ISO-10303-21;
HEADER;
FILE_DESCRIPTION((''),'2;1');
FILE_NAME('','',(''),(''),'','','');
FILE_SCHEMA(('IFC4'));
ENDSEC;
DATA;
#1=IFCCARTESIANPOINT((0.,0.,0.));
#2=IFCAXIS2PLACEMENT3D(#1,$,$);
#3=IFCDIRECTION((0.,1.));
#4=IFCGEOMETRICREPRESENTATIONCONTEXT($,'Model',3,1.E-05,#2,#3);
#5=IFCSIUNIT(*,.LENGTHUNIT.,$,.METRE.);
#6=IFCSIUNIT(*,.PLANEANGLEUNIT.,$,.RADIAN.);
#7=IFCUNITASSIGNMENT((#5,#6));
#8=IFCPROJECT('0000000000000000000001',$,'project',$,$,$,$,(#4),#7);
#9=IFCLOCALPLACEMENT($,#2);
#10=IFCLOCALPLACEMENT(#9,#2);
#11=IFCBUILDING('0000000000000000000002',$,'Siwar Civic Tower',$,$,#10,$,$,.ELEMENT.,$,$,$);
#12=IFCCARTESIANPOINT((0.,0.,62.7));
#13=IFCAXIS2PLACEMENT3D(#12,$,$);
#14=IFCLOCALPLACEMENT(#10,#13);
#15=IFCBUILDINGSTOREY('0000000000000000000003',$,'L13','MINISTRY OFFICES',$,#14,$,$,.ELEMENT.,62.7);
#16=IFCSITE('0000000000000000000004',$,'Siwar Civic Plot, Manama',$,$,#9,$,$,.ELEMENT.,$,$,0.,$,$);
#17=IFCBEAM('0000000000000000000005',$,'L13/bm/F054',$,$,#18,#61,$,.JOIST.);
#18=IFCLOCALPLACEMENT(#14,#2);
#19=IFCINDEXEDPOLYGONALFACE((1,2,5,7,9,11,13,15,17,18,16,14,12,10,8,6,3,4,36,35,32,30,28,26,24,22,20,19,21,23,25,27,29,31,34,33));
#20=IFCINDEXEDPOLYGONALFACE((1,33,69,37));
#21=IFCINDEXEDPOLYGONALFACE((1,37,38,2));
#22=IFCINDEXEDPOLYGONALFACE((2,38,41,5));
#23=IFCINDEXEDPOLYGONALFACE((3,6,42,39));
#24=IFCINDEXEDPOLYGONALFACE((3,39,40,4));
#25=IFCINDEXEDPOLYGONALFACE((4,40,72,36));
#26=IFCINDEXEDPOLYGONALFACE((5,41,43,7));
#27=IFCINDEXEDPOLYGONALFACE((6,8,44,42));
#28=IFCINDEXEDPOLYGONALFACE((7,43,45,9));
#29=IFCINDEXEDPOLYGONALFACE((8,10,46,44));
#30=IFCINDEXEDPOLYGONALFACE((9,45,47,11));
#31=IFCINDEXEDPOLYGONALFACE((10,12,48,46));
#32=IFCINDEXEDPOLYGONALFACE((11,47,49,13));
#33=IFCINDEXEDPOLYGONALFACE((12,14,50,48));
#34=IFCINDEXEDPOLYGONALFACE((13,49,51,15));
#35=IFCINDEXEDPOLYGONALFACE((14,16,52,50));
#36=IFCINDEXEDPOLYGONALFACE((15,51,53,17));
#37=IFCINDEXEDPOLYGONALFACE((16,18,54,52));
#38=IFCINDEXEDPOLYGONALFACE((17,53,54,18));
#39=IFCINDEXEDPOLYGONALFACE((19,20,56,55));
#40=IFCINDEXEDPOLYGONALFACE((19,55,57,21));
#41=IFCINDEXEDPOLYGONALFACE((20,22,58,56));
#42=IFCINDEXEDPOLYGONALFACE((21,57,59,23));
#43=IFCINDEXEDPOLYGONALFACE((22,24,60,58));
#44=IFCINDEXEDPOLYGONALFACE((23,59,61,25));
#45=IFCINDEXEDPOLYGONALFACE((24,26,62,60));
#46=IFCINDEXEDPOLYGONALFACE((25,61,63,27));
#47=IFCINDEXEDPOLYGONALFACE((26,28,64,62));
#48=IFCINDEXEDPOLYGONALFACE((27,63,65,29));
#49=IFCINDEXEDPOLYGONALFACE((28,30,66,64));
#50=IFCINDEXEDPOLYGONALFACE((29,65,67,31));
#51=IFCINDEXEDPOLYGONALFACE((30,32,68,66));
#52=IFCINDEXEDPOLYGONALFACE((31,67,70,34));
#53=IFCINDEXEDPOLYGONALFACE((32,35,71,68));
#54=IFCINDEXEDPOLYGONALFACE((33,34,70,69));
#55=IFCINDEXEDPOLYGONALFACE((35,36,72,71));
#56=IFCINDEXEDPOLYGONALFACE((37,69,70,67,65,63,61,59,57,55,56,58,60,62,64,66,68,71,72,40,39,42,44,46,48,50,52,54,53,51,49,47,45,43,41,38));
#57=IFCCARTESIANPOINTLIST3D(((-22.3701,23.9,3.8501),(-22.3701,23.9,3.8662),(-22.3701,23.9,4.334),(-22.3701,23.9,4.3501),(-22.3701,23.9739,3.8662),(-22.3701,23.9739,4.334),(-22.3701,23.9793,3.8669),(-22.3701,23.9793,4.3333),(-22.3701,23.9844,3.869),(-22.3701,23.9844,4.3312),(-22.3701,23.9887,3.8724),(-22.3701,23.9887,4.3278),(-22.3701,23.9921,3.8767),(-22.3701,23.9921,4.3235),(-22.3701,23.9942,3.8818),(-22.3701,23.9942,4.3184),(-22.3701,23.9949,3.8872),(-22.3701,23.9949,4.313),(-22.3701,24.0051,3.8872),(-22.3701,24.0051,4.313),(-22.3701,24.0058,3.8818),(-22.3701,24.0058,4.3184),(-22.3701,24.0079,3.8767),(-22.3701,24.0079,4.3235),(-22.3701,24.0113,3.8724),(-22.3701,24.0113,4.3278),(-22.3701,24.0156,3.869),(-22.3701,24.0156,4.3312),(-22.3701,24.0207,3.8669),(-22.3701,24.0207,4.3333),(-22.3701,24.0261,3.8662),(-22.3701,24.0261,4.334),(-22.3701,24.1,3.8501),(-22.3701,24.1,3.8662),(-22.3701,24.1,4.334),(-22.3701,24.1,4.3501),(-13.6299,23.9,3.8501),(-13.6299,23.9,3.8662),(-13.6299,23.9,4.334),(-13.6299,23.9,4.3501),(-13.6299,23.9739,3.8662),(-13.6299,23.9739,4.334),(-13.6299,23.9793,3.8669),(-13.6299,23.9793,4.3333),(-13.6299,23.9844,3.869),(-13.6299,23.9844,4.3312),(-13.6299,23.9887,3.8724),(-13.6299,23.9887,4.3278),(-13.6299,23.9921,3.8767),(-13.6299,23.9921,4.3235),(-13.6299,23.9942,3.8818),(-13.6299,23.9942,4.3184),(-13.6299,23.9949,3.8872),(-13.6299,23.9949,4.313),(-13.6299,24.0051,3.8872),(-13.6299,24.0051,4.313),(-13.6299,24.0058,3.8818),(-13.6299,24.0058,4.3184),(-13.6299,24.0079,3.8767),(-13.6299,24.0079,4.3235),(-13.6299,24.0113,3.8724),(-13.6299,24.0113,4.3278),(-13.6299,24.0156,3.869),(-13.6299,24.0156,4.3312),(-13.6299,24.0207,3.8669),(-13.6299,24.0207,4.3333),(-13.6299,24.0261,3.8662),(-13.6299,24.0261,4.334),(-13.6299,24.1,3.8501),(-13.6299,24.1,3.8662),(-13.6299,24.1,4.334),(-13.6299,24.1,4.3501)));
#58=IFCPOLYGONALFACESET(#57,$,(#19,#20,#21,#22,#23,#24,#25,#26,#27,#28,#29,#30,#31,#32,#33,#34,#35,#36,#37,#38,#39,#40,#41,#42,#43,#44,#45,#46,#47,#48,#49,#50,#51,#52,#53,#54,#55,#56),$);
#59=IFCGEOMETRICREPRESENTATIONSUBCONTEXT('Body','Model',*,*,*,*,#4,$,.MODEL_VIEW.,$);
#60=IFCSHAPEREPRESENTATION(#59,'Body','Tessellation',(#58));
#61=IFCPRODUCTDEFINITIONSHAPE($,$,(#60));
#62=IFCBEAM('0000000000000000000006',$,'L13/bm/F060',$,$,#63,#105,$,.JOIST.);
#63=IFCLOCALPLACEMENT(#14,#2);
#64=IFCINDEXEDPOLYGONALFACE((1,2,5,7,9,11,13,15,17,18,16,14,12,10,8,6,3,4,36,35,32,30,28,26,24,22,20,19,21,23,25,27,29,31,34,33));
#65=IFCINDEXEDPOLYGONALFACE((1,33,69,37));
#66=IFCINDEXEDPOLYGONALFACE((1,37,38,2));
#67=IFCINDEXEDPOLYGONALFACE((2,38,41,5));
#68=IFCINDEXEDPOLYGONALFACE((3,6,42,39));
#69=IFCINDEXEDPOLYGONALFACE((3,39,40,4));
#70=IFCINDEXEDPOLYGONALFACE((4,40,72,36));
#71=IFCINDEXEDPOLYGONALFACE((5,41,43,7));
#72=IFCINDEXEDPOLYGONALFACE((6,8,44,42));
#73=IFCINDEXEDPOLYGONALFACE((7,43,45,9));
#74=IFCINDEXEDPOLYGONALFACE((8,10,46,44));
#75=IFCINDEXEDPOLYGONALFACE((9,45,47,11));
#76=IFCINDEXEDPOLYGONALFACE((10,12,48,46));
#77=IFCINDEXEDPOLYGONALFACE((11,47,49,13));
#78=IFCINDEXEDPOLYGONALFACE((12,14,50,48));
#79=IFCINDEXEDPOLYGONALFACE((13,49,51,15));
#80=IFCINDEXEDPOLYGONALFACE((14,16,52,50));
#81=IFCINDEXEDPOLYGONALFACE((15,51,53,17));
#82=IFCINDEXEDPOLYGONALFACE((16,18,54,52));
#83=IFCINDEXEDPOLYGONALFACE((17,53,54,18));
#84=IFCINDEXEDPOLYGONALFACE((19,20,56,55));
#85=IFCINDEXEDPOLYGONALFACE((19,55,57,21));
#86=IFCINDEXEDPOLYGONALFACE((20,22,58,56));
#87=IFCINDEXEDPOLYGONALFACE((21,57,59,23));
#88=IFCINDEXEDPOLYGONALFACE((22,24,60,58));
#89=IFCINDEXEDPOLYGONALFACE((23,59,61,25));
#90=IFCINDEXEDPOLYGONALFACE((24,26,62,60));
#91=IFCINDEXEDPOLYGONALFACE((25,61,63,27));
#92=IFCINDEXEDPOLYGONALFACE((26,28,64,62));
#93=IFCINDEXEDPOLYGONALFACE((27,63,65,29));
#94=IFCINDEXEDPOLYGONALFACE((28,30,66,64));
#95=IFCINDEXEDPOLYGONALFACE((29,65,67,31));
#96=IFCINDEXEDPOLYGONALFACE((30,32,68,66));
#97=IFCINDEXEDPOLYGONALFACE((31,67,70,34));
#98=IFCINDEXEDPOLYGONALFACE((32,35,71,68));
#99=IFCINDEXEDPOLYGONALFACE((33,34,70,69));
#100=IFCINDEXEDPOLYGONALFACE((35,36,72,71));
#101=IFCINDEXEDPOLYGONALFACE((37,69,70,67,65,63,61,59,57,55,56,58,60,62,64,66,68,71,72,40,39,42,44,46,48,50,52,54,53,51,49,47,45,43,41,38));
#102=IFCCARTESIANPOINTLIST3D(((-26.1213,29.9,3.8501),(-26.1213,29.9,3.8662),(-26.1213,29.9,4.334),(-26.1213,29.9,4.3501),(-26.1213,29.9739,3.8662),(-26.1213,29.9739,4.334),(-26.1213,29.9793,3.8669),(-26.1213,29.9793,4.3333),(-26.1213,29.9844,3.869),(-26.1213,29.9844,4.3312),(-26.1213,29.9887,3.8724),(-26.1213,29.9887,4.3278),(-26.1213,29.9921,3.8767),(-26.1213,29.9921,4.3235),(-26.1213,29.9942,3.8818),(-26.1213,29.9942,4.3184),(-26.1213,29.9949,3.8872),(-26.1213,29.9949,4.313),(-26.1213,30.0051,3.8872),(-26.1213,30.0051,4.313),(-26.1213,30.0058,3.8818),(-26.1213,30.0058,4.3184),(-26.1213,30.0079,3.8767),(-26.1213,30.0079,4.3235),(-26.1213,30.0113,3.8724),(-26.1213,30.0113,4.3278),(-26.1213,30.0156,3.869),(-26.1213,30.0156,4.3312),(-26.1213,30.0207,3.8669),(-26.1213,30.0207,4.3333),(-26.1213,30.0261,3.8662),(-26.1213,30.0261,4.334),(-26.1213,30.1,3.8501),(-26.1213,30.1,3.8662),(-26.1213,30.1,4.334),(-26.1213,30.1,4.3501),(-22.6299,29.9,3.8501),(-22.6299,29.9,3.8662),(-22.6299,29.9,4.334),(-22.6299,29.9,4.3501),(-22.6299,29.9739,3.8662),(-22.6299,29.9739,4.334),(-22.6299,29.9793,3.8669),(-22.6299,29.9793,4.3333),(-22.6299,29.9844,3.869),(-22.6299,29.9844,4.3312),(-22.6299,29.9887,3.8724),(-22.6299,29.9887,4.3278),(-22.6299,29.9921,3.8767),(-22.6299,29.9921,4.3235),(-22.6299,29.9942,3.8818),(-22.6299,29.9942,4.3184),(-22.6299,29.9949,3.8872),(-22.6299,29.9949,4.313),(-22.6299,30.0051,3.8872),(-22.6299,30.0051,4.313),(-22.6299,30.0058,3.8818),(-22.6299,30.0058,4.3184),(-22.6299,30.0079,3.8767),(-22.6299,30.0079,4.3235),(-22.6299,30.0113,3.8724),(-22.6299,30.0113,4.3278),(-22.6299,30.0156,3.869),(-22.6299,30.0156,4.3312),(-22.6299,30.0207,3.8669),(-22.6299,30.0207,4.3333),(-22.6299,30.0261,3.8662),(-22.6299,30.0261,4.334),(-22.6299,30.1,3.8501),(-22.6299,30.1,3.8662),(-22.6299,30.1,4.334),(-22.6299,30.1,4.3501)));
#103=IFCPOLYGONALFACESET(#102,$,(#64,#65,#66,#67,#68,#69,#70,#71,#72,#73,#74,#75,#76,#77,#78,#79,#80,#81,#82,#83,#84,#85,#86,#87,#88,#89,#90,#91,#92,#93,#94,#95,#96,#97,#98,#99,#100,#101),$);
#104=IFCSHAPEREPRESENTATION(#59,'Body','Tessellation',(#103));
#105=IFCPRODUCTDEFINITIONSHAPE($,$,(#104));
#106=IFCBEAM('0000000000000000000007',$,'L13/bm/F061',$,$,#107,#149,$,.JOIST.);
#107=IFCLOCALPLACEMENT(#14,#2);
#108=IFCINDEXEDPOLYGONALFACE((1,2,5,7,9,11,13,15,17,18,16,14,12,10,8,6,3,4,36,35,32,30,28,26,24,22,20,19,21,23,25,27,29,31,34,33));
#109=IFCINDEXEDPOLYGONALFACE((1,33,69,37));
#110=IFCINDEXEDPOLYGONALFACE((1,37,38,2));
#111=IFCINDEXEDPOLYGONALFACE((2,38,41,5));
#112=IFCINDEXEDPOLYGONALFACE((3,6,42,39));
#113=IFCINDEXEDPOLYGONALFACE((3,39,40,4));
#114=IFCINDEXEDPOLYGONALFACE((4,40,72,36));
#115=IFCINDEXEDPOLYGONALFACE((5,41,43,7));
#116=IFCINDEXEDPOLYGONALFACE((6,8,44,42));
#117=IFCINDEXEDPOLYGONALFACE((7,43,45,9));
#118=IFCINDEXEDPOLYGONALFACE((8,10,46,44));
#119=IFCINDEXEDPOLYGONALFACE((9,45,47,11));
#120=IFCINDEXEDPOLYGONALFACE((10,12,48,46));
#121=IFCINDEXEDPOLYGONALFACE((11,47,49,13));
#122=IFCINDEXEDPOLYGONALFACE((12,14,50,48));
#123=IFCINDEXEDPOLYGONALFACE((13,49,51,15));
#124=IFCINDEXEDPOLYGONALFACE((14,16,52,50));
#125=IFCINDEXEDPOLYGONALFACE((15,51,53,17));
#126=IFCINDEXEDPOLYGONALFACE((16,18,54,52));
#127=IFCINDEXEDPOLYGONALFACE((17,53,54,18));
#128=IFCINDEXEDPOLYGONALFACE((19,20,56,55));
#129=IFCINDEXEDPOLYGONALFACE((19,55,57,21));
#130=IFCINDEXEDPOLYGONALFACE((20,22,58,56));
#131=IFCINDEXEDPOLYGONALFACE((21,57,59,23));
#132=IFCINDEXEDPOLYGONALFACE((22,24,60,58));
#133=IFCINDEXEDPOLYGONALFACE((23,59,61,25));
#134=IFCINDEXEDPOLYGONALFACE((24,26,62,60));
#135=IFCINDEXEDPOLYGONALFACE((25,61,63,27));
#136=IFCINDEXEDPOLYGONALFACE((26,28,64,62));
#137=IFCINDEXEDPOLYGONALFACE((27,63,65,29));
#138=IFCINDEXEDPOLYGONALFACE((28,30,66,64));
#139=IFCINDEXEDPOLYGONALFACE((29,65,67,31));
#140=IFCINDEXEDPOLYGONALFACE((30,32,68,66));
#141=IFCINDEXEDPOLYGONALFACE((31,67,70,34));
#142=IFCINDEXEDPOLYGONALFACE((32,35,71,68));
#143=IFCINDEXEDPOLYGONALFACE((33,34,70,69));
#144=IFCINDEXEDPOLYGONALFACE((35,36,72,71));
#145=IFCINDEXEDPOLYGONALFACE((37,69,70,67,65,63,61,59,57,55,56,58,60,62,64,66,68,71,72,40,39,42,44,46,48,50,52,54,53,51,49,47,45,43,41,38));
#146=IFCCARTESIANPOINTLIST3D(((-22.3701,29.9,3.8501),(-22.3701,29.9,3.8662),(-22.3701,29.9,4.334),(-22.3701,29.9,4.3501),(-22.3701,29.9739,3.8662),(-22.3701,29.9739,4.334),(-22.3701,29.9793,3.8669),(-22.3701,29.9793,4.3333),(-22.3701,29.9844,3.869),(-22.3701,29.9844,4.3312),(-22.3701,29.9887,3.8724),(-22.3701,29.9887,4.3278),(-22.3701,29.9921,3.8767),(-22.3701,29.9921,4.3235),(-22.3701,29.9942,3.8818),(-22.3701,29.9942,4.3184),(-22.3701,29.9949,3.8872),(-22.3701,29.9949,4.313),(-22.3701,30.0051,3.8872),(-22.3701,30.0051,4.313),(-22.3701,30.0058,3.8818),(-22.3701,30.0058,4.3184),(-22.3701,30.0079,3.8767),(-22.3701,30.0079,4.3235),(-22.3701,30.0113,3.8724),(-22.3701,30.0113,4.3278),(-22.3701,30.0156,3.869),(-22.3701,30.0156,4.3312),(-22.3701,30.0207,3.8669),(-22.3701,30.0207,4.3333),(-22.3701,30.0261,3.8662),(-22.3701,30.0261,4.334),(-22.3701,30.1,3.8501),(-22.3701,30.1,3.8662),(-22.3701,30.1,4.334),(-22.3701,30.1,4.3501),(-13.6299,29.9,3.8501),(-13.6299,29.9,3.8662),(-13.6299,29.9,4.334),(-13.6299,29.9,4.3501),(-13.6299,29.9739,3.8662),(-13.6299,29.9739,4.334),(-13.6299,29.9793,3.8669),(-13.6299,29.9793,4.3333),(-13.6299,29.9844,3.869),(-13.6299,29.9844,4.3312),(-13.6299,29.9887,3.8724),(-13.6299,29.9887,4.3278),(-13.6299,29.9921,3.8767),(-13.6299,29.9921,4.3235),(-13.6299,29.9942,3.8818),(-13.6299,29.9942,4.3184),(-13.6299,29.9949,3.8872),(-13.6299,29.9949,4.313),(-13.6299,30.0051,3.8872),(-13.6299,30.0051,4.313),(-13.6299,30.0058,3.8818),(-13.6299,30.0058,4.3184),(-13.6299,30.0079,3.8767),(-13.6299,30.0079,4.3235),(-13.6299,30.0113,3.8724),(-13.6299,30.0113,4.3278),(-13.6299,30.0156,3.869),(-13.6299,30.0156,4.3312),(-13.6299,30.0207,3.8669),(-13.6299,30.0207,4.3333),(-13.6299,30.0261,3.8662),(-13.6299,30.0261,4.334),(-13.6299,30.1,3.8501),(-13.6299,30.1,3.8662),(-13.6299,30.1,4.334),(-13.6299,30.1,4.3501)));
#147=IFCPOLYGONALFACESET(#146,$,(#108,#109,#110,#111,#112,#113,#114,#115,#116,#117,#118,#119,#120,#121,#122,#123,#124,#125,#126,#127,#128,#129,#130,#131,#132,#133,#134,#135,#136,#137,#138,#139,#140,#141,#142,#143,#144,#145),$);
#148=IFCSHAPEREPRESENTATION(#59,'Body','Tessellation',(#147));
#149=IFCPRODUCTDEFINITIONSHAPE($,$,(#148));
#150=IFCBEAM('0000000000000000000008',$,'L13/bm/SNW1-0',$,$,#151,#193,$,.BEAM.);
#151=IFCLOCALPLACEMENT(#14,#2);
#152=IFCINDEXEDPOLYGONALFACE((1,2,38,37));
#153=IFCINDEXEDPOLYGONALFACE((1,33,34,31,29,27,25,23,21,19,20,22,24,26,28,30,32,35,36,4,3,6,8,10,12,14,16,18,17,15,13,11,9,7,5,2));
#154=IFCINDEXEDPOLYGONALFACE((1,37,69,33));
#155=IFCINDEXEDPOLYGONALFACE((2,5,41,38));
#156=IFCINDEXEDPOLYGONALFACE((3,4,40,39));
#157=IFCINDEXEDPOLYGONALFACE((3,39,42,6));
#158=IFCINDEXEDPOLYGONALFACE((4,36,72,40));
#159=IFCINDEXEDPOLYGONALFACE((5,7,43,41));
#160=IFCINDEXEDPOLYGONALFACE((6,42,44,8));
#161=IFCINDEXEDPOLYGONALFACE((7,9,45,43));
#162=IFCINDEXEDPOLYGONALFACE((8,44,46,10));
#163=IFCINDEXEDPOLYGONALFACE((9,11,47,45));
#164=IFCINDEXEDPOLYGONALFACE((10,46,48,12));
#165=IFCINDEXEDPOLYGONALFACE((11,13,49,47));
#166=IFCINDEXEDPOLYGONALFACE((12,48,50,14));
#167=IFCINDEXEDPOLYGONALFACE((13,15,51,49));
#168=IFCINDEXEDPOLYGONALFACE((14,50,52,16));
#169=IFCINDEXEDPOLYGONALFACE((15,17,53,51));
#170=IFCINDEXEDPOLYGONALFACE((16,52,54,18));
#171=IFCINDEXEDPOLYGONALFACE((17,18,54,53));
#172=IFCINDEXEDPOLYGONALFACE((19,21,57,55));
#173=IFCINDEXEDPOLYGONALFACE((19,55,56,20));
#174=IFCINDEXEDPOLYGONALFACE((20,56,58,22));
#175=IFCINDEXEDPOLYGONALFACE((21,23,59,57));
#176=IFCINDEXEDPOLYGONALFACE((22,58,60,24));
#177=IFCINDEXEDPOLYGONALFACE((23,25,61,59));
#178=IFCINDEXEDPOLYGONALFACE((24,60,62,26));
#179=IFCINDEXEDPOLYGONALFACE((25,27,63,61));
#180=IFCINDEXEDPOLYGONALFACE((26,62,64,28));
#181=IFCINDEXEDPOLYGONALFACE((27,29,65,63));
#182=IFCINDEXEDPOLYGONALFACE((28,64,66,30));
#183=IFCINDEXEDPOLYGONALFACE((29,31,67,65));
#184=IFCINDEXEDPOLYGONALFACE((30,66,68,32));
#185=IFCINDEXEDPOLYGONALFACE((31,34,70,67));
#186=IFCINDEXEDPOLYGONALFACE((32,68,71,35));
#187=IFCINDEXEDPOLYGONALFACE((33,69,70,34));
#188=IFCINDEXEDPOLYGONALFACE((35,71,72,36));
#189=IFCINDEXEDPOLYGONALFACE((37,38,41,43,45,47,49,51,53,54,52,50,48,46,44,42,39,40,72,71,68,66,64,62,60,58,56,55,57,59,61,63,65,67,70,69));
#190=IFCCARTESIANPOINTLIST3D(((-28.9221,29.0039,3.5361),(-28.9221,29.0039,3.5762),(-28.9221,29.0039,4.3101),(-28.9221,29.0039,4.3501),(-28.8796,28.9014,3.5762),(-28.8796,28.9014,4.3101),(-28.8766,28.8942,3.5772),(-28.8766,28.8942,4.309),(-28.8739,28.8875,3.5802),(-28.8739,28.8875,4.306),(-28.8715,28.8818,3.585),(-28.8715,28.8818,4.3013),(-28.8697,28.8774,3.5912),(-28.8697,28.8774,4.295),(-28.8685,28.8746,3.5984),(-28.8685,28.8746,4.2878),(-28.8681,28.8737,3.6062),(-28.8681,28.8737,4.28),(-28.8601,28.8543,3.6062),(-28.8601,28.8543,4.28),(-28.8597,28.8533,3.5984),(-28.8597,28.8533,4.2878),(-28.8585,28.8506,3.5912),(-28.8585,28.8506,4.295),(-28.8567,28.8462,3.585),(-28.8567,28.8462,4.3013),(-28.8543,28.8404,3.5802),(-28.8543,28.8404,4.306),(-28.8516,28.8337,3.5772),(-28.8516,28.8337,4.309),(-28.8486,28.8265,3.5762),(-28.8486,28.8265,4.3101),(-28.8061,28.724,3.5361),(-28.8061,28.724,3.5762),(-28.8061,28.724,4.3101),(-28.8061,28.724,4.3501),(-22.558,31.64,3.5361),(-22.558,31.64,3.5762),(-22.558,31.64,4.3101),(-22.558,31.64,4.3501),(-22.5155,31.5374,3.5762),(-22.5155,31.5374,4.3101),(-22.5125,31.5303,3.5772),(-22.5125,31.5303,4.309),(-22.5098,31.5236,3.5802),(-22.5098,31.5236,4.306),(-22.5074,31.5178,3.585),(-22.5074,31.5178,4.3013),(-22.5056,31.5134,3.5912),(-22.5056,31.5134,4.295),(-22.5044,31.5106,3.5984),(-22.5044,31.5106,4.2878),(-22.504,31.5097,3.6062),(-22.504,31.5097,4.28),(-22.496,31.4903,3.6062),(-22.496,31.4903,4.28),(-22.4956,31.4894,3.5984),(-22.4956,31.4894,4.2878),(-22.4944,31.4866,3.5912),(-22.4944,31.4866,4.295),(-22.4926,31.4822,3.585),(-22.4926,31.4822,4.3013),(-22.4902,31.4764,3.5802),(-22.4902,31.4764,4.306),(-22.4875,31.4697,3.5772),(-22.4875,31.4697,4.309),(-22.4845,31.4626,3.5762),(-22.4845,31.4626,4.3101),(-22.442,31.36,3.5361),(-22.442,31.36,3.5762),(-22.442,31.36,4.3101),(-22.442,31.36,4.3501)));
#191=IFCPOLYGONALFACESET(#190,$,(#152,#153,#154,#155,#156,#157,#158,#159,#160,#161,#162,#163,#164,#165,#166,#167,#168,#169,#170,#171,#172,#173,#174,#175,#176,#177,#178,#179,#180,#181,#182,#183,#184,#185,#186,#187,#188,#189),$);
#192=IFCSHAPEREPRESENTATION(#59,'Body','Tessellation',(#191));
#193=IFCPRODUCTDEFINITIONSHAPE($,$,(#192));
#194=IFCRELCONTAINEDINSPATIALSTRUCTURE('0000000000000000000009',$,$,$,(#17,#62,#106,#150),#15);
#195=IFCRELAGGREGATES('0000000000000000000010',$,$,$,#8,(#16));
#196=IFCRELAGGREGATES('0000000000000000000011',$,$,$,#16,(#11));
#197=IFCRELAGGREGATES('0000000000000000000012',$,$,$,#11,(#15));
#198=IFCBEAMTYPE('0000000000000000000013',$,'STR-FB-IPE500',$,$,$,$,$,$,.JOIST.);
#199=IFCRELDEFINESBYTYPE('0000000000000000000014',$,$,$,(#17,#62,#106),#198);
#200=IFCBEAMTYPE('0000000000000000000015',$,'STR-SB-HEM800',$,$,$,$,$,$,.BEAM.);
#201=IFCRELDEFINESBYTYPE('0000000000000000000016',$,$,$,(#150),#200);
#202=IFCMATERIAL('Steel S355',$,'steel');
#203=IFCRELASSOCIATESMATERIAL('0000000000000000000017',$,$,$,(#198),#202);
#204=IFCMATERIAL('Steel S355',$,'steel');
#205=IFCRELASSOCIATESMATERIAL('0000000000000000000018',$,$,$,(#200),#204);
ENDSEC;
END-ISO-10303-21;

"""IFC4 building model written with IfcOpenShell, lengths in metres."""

from ifc_helpers import new_model, si_unit, direction, frame, origin, origin_2d, place, context, subcontext, project, spatial, i_section, extrude, material, material_profile, profile_set, type_object, element, save


model = new_model("IFC4")

# Units and contexts
model_context = context("Model", 3, precision=1e-05, world=origin(), true_north=direction((0.0, 1.0)))
body_context = subcontext(model_context, "Body", "Model", "MODEL_VIEW")
ifc_project = project(units=[si_unit("LENGTHUNIT", "METRE"), si_unit("PLANEANGLEUNIT", "RADIAN")], contexts=[model_context])

# Site, building, storey
site_placement = place(None, origin())
site = spatial("IfcSite", under=ifc_project, at=site_placement, Name="Siwar Civic Plot, Manama", CompositionType="ELEMENT", RefElevation=0.0)
building_placement = place(site_placement, origin())
building = spatial("IfcBuilding", under=site, at=building_placement, Name="Siwar Civic Tower", CompositionType="ELEMENT")
storey_placement = place(building_placement, frame((0.0, 0.0, 62.7)))
storey = spatial("IfcBuildingStorey", under=building, at=storey_placement, Name="L13", Description="MINISTRY OFFICES", CompositionType="ELEMENT", Elevation=62.7)

# Beams
ifc_material_1 = material(Name="Steel S355", Category="steel")
ifc_material_profile_1 = material_profile(ifc_material_1, i_section(OverallWidth=0.2, OverallDepth=0.5, WebThickness=0.0103, FlangeThickness=0.0161, FilletRadius=0.021, at=origin_2d()), Name="IPE500")
ifc_profile_set_1 = profile_set([ifc_material_profile_1], Name="Steel S355")
beam_type_1 = type_object("IfcBeamType", Name="STR-FB-IPE500", PredefinedType="JOIST", material=ifc_profile_set_1)
beam_1_placement = place(storey_placement, frame((-22.3701, 24.0, 4.1001), z_axis=(1.0, 0.0, 0.0), x_axis=(0.0, 1.0, 0.0)))
element("IfcBeam", 1, at=beam_1_placement, inside=storey, type_object=beam_type_1, Name="L13/bm/F054", PredefinedType="JOIST", context=body_context, shape_type="SweptSolid", body=[
    extrude(i_section(OverallWidth=0.2, OverallDepth=0.5, WebThickness=0.0103, FlangeThickness=0.0161, FilletRadius=0.021, at=origin_2d()), origin(), (0.0, 0.0, 1.0), 8.7402),
])
beam_2_placement = place(storey_placement, frame((-26.1213, 30.0, 4.1001), z_axis=(1.0, 0.0, 0.0), x_axis=(0.0, 1.0, 0.0)))
element("IfcBeam", 2, at=beam_2_placement, inside=storey, type_object=beam_type_1, Name="L13/bm/F060", PredefinedType="JOIST", context=body_context, shape_type="SweptSolid", body=[
    extrude(i_section(OverallWidth=0.2, OverallDepth=0.5, WebThickness=0.0103, FlangeThickness=0.0161, FilletRadius=0.021, at=origin_2d()), origin(), (0.0, 0.0, 1.0), 3.4915),
])
beam_3_placement = place(storey_placement, frame((-22.3701, 30.0, 4.1001), z_axis=(1.0, 0.0, 0.0), x_axis=(0.0, 1.0, 0.0)))
element("IfcBeam", 3, at=beam_3_placement, inside=storey, type_object=beam_type_1, Name="L13/bm/F061", PredefinedType="JOIST", context=body_context, shape_type="SweptSolid", body=[
    extrude(i_section(OverallWidth=0.2, OverallDepth=0.5, WebThickness=0.0103, FlangeThickness=0.0161, FilletRadius=0.021, at=origin_2d()), origin(), (0.0, 0.0, 1.0), 8.7402),
])
ifc_material_2 = material(Name="Steel S355", Category="steel")
ifc_material_profile_2 = material_profile(ifc_material_2, i_section(OverallWidth=0.303, OverallDepth=0.814, WebThickness=0.021, FlangeThickness=0.04, FilletRadius=0.03, at=origin_2d()), Name="HEM800")
ifc_profile_set_2 = profile_set([ifc_material_profile_2], Name="Steel S355")
beam_type_2 = type_object("IfcBeamType", Name="STR-SB-HEM800", PredefinedType="BEAM", material=ifc_profile_set_2)
for number, where, z_axis, x_axis, name in (
    (4, (-22.5, 31.5, 3.9431), (-0.923883, -0.382674, 0.0), (0.382674, -0.923883, 0.0), "L13/bm/SNW1-0"),
):
    element("IfcBeam", number, at=place(storey_placement, frame(where, z_axis=z_axis, x_axis=x_axis)), inside=storey, type_object=beam_type_2, Name=name, PredefinedType="BEAM", context=body_context, shape_type="SweptSolid", body=[
        extrude(i_section(OverallWidth=0.303, OverallDepth=0.814, WebThickness=0.021, FlangeThickness=0.04, FilletRadius=0.03, at=origin_2d()), origin(), (0.0, 0.0, 1.0), 6.8884),
    ])

save(model, "model.ifc")
